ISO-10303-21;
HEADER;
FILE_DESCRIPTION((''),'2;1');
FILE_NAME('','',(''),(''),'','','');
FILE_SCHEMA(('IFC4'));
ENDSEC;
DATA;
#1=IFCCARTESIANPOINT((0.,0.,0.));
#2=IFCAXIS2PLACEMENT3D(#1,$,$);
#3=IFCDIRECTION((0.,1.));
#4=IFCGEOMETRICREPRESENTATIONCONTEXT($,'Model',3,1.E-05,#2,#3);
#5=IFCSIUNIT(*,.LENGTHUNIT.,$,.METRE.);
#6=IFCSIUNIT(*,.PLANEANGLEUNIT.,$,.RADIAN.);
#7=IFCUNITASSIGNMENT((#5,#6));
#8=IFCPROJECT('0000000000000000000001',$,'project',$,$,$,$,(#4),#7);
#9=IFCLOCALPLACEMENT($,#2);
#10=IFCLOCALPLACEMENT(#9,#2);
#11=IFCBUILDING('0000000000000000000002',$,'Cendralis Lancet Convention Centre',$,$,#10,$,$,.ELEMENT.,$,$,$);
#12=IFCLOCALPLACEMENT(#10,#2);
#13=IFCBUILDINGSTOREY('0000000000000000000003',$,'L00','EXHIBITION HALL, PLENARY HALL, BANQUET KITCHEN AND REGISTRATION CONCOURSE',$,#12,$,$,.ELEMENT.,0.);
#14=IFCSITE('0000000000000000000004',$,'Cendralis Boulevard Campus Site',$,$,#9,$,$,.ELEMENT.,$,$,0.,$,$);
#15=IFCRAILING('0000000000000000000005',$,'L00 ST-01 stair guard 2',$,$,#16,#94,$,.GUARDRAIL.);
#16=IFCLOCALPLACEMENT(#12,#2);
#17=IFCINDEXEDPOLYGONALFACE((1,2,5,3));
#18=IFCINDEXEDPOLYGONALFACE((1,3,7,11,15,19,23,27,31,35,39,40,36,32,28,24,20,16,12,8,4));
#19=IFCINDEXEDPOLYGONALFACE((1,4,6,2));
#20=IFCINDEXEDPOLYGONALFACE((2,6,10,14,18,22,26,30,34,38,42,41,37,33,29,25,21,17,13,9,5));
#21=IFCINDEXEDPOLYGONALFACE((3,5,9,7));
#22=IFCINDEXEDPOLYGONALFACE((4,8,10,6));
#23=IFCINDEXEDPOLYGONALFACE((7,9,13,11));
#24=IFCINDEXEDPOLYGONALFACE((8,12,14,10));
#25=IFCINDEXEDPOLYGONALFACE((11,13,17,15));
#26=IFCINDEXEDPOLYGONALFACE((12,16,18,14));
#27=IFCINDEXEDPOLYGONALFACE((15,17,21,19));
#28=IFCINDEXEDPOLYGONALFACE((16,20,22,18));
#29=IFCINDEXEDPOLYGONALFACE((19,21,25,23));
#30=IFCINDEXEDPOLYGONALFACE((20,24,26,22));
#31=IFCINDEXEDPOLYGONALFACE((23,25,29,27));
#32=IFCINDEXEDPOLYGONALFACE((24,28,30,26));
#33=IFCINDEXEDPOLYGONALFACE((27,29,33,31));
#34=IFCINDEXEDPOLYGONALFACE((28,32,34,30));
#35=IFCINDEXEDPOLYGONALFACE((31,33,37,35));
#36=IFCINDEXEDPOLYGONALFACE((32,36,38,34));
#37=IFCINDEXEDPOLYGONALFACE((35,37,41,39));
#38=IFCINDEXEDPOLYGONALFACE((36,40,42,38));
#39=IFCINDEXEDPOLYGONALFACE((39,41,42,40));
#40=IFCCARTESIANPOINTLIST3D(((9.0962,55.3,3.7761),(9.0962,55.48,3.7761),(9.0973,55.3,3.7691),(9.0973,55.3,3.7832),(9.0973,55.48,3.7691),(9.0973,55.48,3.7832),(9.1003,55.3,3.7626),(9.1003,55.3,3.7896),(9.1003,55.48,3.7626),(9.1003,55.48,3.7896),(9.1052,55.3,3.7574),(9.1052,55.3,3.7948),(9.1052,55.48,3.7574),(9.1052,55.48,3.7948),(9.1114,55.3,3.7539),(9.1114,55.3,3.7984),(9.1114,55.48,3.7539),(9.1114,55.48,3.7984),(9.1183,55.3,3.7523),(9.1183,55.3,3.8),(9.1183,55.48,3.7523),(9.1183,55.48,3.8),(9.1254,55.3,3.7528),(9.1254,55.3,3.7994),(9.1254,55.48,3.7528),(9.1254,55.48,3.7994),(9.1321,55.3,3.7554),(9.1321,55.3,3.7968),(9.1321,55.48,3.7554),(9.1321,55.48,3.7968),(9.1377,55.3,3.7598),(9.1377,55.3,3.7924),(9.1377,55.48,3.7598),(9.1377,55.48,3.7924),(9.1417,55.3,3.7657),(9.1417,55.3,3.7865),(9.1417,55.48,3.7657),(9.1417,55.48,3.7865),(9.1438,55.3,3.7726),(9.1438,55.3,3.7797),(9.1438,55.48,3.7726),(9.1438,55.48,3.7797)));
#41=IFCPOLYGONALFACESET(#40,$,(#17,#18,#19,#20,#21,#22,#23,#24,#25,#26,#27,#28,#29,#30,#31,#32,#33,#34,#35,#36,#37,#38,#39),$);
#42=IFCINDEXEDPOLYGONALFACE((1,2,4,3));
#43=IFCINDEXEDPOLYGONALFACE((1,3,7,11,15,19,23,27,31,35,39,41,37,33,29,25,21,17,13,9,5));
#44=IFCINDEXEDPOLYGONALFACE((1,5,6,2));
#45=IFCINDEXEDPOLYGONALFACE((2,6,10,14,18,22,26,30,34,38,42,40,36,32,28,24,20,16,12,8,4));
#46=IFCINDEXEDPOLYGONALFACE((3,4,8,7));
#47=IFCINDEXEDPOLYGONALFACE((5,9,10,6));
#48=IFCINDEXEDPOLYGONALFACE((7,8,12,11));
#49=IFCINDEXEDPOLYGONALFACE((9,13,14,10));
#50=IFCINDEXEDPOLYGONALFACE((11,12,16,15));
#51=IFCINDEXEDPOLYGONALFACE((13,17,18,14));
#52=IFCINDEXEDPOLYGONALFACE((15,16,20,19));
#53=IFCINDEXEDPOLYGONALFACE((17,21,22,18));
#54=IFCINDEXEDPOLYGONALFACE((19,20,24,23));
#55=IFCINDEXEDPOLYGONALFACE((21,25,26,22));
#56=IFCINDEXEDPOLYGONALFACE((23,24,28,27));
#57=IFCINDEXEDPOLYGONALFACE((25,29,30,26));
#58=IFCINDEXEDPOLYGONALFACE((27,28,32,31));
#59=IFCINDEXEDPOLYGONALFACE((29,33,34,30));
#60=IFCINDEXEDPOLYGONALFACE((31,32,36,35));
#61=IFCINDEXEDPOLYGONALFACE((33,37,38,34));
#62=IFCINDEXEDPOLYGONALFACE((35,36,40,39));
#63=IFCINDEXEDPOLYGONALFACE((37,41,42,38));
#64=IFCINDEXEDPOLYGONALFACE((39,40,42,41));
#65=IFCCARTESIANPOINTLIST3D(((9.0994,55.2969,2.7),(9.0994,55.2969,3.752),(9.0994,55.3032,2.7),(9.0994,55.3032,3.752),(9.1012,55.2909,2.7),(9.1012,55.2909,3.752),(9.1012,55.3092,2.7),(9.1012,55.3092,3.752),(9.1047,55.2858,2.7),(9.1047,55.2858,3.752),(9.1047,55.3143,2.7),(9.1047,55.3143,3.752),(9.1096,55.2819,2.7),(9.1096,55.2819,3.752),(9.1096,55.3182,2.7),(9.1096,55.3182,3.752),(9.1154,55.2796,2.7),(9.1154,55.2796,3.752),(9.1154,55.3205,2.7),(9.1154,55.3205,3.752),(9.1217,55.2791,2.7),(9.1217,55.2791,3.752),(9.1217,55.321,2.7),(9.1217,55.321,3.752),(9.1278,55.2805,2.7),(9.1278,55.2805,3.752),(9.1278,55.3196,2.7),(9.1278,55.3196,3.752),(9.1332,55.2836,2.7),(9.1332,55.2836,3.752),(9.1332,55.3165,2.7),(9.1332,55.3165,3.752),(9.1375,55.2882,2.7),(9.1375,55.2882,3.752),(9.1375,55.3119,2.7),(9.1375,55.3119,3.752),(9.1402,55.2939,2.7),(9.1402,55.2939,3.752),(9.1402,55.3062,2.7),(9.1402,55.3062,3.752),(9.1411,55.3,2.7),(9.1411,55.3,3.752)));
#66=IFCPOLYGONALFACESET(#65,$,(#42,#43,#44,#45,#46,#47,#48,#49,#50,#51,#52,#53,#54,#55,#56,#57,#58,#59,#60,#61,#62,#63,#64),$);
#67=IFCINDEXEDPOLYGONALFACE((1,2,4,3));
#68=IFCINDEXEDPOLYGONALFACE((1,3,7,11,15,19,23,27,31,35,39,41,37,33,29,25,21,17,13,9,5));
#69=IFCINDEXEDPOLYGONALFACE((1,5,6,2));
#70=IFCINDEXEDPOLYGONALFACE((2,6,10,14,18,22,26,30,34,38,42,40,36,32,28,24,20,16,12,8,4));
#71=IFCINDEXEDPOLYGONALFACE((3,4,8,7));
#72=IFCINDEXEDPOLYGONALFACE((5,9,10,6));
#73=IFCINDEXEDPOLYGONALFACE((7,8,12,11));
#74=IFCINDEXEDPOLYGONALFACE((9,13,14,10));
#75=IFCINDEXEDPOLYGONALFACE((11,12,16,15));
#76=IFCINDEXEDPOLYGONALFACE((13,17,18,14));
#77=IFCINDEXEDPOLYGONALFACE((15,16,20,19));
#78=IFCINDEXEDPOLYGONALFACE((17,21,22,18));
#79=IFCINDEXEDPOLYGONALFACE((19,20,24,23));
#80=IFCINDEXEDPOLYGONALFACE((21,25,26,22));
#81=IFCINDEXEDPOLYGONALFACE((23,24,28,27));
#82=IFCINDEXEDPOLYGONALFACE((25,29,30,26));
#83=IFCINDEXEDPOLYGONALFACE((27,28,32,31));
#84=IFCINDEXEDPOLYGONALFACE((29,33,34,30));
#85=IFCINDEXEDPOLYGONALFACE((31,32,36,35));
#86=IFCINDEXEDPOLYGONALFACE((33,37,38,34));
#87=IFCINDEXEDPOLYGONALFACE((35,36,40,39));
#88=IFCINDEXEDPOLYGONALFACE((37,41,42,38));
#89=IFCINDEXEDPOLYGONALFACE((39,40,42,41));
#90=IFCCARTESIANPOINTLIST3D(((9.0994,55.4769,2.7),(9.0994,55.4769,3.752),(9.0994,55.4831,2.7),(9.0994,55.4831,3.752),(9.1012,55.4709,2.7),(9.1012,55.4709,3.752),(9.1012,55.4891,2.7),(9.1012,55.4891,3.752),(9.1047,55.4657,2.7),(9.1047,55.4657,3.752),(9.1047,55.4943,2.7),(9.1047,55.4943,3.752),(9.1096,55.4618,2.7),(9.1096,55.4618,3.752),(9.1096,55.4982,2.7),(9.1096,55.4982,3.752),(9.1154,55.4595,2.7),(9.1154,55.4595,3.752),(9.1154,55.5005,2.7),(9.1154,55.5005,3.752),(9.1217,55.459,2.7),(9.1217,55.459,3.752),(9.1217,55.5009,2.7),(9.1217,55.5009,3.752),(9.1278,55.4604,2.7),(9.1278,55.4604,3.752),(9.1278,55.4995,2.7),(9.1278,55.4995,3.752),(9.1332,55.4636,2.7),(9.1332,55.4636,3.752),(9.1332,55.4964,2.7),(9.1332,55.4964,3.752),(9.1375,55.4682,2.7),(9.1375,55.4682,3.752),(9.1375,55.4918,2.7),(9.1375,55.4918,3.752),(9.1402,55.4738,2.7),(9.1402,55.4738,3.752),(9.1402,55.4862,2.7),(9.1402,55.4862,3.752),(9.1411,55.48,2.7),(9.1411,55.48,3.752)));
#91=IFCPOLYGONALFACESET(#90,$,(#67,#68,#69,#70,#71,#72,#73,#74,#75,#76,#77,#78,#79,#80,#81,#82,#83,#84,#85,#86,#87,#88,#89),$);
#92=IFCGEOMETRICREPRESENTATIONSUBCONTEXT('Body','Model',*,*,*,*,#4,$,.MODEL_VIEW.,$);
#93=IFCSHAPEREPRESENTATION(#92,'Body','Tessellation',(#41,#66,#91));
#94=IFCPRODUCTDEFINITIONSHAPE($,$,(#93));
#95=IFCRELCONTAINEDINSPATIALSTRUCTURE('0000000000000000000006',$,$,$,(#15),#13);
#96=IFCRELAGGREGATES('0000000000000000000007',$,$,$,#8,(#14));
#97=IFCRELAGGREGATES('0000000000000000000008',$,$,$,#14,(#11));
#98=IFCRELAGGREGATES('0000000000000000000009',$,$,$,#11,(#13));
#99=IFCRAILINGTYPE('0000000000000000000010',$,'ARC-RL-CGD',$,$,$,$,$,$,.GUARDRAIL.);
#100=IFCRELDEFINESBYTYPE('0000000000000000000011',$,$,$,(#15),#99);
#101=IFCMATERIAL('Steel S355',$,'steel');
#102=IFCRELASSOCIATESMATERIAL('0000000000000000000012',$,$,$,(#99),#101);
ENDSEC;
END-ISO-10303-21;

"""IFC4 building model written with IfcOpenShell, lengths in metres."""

from ifc_helpers import new_model, si_unit, direction, frame, origin, origin_2d, place, context, subcontext, project, spatial, circle, extrude, material, type_object, element, save


model = new_model("IFC4")

# Units and contexts
model_context = context("Model", 3, precision=1e-05, world=origin(), true_north=direction((0.0, 1.0)))
body_context = subcontext(model_context, "Body", "Model", "MODEL_VIEW")
ifc_project = project(units=[si_unit("LENGTHUNIT", "METRE"), si_unit("PLANEANGLEUNIT", "RADIAN")], contexts=[model_context])

# Site, building, storey
site_placement = place(None, origin())
site = spatial("IfcSite", under=ifc_project, at=site_placement, Name="Cendralis Boulevard Campus Site", CompositionType="ELEMENT", RefElevation=0.0)
building_placement = place(site_placement, origin())
building = spatial("IfcBuilding", under=site, at=building_placement, Name="Cendralis Lancet Convention Centre", CompositionType="ELEMENT")
storey_placement = place(building_placement, origin())
storey = spatial("IfcBuildingStorey", under=building, at=storey_placement, Name="L00", Description="EXHIBITION HALL, PLENARY HALL, BANQUET KITCHEN AND REGISTRATION CONCOURSE", CompositionType="ELEMENT", Elevation=0.0)

# Shared definitions
ifc_material_1 = material(Name="Steel S355", Category="steel")

# Railing
railing_type_1 = type_object("IfcRailingType", Name="ARC-RL-CGD", PredefinedType="GUARDRAIL", material=ifc_material_1)
railing_1_placement = place(storey_placement, frame((9.1201, 55.3, 2.7)))
element("IfcRailing", 1, at=railing_1_placement, inside=storey, type_object=railing_type_1, Name="L00 ST-01 stair guard 2", PredefinedType="GUARDRAIL", context=body_context, shape_type="SweptSolid", body=[
    extrude(circle(Radius=0.0239, at=origin_2d()), frame((0.0, 0.0, 1.0762), z_axis=(0.0, 1.0, 0.0), x_axis=(-1.0, 0.0, 0.0)), (0.0, 0.0, 1.0), 0.1799),
    extrude(circle(Radius=0.021, at=origin_2d()), origin(), (0.0, 0.0, 1.0), 1.052),
    extrude(circle(Radius=0.021, at=origin_2d()), frame((0.0, 0.1799, 0.0)), (0.0, 0.0, 1.0), 1.052),
])

save(model, "model.ifc")
